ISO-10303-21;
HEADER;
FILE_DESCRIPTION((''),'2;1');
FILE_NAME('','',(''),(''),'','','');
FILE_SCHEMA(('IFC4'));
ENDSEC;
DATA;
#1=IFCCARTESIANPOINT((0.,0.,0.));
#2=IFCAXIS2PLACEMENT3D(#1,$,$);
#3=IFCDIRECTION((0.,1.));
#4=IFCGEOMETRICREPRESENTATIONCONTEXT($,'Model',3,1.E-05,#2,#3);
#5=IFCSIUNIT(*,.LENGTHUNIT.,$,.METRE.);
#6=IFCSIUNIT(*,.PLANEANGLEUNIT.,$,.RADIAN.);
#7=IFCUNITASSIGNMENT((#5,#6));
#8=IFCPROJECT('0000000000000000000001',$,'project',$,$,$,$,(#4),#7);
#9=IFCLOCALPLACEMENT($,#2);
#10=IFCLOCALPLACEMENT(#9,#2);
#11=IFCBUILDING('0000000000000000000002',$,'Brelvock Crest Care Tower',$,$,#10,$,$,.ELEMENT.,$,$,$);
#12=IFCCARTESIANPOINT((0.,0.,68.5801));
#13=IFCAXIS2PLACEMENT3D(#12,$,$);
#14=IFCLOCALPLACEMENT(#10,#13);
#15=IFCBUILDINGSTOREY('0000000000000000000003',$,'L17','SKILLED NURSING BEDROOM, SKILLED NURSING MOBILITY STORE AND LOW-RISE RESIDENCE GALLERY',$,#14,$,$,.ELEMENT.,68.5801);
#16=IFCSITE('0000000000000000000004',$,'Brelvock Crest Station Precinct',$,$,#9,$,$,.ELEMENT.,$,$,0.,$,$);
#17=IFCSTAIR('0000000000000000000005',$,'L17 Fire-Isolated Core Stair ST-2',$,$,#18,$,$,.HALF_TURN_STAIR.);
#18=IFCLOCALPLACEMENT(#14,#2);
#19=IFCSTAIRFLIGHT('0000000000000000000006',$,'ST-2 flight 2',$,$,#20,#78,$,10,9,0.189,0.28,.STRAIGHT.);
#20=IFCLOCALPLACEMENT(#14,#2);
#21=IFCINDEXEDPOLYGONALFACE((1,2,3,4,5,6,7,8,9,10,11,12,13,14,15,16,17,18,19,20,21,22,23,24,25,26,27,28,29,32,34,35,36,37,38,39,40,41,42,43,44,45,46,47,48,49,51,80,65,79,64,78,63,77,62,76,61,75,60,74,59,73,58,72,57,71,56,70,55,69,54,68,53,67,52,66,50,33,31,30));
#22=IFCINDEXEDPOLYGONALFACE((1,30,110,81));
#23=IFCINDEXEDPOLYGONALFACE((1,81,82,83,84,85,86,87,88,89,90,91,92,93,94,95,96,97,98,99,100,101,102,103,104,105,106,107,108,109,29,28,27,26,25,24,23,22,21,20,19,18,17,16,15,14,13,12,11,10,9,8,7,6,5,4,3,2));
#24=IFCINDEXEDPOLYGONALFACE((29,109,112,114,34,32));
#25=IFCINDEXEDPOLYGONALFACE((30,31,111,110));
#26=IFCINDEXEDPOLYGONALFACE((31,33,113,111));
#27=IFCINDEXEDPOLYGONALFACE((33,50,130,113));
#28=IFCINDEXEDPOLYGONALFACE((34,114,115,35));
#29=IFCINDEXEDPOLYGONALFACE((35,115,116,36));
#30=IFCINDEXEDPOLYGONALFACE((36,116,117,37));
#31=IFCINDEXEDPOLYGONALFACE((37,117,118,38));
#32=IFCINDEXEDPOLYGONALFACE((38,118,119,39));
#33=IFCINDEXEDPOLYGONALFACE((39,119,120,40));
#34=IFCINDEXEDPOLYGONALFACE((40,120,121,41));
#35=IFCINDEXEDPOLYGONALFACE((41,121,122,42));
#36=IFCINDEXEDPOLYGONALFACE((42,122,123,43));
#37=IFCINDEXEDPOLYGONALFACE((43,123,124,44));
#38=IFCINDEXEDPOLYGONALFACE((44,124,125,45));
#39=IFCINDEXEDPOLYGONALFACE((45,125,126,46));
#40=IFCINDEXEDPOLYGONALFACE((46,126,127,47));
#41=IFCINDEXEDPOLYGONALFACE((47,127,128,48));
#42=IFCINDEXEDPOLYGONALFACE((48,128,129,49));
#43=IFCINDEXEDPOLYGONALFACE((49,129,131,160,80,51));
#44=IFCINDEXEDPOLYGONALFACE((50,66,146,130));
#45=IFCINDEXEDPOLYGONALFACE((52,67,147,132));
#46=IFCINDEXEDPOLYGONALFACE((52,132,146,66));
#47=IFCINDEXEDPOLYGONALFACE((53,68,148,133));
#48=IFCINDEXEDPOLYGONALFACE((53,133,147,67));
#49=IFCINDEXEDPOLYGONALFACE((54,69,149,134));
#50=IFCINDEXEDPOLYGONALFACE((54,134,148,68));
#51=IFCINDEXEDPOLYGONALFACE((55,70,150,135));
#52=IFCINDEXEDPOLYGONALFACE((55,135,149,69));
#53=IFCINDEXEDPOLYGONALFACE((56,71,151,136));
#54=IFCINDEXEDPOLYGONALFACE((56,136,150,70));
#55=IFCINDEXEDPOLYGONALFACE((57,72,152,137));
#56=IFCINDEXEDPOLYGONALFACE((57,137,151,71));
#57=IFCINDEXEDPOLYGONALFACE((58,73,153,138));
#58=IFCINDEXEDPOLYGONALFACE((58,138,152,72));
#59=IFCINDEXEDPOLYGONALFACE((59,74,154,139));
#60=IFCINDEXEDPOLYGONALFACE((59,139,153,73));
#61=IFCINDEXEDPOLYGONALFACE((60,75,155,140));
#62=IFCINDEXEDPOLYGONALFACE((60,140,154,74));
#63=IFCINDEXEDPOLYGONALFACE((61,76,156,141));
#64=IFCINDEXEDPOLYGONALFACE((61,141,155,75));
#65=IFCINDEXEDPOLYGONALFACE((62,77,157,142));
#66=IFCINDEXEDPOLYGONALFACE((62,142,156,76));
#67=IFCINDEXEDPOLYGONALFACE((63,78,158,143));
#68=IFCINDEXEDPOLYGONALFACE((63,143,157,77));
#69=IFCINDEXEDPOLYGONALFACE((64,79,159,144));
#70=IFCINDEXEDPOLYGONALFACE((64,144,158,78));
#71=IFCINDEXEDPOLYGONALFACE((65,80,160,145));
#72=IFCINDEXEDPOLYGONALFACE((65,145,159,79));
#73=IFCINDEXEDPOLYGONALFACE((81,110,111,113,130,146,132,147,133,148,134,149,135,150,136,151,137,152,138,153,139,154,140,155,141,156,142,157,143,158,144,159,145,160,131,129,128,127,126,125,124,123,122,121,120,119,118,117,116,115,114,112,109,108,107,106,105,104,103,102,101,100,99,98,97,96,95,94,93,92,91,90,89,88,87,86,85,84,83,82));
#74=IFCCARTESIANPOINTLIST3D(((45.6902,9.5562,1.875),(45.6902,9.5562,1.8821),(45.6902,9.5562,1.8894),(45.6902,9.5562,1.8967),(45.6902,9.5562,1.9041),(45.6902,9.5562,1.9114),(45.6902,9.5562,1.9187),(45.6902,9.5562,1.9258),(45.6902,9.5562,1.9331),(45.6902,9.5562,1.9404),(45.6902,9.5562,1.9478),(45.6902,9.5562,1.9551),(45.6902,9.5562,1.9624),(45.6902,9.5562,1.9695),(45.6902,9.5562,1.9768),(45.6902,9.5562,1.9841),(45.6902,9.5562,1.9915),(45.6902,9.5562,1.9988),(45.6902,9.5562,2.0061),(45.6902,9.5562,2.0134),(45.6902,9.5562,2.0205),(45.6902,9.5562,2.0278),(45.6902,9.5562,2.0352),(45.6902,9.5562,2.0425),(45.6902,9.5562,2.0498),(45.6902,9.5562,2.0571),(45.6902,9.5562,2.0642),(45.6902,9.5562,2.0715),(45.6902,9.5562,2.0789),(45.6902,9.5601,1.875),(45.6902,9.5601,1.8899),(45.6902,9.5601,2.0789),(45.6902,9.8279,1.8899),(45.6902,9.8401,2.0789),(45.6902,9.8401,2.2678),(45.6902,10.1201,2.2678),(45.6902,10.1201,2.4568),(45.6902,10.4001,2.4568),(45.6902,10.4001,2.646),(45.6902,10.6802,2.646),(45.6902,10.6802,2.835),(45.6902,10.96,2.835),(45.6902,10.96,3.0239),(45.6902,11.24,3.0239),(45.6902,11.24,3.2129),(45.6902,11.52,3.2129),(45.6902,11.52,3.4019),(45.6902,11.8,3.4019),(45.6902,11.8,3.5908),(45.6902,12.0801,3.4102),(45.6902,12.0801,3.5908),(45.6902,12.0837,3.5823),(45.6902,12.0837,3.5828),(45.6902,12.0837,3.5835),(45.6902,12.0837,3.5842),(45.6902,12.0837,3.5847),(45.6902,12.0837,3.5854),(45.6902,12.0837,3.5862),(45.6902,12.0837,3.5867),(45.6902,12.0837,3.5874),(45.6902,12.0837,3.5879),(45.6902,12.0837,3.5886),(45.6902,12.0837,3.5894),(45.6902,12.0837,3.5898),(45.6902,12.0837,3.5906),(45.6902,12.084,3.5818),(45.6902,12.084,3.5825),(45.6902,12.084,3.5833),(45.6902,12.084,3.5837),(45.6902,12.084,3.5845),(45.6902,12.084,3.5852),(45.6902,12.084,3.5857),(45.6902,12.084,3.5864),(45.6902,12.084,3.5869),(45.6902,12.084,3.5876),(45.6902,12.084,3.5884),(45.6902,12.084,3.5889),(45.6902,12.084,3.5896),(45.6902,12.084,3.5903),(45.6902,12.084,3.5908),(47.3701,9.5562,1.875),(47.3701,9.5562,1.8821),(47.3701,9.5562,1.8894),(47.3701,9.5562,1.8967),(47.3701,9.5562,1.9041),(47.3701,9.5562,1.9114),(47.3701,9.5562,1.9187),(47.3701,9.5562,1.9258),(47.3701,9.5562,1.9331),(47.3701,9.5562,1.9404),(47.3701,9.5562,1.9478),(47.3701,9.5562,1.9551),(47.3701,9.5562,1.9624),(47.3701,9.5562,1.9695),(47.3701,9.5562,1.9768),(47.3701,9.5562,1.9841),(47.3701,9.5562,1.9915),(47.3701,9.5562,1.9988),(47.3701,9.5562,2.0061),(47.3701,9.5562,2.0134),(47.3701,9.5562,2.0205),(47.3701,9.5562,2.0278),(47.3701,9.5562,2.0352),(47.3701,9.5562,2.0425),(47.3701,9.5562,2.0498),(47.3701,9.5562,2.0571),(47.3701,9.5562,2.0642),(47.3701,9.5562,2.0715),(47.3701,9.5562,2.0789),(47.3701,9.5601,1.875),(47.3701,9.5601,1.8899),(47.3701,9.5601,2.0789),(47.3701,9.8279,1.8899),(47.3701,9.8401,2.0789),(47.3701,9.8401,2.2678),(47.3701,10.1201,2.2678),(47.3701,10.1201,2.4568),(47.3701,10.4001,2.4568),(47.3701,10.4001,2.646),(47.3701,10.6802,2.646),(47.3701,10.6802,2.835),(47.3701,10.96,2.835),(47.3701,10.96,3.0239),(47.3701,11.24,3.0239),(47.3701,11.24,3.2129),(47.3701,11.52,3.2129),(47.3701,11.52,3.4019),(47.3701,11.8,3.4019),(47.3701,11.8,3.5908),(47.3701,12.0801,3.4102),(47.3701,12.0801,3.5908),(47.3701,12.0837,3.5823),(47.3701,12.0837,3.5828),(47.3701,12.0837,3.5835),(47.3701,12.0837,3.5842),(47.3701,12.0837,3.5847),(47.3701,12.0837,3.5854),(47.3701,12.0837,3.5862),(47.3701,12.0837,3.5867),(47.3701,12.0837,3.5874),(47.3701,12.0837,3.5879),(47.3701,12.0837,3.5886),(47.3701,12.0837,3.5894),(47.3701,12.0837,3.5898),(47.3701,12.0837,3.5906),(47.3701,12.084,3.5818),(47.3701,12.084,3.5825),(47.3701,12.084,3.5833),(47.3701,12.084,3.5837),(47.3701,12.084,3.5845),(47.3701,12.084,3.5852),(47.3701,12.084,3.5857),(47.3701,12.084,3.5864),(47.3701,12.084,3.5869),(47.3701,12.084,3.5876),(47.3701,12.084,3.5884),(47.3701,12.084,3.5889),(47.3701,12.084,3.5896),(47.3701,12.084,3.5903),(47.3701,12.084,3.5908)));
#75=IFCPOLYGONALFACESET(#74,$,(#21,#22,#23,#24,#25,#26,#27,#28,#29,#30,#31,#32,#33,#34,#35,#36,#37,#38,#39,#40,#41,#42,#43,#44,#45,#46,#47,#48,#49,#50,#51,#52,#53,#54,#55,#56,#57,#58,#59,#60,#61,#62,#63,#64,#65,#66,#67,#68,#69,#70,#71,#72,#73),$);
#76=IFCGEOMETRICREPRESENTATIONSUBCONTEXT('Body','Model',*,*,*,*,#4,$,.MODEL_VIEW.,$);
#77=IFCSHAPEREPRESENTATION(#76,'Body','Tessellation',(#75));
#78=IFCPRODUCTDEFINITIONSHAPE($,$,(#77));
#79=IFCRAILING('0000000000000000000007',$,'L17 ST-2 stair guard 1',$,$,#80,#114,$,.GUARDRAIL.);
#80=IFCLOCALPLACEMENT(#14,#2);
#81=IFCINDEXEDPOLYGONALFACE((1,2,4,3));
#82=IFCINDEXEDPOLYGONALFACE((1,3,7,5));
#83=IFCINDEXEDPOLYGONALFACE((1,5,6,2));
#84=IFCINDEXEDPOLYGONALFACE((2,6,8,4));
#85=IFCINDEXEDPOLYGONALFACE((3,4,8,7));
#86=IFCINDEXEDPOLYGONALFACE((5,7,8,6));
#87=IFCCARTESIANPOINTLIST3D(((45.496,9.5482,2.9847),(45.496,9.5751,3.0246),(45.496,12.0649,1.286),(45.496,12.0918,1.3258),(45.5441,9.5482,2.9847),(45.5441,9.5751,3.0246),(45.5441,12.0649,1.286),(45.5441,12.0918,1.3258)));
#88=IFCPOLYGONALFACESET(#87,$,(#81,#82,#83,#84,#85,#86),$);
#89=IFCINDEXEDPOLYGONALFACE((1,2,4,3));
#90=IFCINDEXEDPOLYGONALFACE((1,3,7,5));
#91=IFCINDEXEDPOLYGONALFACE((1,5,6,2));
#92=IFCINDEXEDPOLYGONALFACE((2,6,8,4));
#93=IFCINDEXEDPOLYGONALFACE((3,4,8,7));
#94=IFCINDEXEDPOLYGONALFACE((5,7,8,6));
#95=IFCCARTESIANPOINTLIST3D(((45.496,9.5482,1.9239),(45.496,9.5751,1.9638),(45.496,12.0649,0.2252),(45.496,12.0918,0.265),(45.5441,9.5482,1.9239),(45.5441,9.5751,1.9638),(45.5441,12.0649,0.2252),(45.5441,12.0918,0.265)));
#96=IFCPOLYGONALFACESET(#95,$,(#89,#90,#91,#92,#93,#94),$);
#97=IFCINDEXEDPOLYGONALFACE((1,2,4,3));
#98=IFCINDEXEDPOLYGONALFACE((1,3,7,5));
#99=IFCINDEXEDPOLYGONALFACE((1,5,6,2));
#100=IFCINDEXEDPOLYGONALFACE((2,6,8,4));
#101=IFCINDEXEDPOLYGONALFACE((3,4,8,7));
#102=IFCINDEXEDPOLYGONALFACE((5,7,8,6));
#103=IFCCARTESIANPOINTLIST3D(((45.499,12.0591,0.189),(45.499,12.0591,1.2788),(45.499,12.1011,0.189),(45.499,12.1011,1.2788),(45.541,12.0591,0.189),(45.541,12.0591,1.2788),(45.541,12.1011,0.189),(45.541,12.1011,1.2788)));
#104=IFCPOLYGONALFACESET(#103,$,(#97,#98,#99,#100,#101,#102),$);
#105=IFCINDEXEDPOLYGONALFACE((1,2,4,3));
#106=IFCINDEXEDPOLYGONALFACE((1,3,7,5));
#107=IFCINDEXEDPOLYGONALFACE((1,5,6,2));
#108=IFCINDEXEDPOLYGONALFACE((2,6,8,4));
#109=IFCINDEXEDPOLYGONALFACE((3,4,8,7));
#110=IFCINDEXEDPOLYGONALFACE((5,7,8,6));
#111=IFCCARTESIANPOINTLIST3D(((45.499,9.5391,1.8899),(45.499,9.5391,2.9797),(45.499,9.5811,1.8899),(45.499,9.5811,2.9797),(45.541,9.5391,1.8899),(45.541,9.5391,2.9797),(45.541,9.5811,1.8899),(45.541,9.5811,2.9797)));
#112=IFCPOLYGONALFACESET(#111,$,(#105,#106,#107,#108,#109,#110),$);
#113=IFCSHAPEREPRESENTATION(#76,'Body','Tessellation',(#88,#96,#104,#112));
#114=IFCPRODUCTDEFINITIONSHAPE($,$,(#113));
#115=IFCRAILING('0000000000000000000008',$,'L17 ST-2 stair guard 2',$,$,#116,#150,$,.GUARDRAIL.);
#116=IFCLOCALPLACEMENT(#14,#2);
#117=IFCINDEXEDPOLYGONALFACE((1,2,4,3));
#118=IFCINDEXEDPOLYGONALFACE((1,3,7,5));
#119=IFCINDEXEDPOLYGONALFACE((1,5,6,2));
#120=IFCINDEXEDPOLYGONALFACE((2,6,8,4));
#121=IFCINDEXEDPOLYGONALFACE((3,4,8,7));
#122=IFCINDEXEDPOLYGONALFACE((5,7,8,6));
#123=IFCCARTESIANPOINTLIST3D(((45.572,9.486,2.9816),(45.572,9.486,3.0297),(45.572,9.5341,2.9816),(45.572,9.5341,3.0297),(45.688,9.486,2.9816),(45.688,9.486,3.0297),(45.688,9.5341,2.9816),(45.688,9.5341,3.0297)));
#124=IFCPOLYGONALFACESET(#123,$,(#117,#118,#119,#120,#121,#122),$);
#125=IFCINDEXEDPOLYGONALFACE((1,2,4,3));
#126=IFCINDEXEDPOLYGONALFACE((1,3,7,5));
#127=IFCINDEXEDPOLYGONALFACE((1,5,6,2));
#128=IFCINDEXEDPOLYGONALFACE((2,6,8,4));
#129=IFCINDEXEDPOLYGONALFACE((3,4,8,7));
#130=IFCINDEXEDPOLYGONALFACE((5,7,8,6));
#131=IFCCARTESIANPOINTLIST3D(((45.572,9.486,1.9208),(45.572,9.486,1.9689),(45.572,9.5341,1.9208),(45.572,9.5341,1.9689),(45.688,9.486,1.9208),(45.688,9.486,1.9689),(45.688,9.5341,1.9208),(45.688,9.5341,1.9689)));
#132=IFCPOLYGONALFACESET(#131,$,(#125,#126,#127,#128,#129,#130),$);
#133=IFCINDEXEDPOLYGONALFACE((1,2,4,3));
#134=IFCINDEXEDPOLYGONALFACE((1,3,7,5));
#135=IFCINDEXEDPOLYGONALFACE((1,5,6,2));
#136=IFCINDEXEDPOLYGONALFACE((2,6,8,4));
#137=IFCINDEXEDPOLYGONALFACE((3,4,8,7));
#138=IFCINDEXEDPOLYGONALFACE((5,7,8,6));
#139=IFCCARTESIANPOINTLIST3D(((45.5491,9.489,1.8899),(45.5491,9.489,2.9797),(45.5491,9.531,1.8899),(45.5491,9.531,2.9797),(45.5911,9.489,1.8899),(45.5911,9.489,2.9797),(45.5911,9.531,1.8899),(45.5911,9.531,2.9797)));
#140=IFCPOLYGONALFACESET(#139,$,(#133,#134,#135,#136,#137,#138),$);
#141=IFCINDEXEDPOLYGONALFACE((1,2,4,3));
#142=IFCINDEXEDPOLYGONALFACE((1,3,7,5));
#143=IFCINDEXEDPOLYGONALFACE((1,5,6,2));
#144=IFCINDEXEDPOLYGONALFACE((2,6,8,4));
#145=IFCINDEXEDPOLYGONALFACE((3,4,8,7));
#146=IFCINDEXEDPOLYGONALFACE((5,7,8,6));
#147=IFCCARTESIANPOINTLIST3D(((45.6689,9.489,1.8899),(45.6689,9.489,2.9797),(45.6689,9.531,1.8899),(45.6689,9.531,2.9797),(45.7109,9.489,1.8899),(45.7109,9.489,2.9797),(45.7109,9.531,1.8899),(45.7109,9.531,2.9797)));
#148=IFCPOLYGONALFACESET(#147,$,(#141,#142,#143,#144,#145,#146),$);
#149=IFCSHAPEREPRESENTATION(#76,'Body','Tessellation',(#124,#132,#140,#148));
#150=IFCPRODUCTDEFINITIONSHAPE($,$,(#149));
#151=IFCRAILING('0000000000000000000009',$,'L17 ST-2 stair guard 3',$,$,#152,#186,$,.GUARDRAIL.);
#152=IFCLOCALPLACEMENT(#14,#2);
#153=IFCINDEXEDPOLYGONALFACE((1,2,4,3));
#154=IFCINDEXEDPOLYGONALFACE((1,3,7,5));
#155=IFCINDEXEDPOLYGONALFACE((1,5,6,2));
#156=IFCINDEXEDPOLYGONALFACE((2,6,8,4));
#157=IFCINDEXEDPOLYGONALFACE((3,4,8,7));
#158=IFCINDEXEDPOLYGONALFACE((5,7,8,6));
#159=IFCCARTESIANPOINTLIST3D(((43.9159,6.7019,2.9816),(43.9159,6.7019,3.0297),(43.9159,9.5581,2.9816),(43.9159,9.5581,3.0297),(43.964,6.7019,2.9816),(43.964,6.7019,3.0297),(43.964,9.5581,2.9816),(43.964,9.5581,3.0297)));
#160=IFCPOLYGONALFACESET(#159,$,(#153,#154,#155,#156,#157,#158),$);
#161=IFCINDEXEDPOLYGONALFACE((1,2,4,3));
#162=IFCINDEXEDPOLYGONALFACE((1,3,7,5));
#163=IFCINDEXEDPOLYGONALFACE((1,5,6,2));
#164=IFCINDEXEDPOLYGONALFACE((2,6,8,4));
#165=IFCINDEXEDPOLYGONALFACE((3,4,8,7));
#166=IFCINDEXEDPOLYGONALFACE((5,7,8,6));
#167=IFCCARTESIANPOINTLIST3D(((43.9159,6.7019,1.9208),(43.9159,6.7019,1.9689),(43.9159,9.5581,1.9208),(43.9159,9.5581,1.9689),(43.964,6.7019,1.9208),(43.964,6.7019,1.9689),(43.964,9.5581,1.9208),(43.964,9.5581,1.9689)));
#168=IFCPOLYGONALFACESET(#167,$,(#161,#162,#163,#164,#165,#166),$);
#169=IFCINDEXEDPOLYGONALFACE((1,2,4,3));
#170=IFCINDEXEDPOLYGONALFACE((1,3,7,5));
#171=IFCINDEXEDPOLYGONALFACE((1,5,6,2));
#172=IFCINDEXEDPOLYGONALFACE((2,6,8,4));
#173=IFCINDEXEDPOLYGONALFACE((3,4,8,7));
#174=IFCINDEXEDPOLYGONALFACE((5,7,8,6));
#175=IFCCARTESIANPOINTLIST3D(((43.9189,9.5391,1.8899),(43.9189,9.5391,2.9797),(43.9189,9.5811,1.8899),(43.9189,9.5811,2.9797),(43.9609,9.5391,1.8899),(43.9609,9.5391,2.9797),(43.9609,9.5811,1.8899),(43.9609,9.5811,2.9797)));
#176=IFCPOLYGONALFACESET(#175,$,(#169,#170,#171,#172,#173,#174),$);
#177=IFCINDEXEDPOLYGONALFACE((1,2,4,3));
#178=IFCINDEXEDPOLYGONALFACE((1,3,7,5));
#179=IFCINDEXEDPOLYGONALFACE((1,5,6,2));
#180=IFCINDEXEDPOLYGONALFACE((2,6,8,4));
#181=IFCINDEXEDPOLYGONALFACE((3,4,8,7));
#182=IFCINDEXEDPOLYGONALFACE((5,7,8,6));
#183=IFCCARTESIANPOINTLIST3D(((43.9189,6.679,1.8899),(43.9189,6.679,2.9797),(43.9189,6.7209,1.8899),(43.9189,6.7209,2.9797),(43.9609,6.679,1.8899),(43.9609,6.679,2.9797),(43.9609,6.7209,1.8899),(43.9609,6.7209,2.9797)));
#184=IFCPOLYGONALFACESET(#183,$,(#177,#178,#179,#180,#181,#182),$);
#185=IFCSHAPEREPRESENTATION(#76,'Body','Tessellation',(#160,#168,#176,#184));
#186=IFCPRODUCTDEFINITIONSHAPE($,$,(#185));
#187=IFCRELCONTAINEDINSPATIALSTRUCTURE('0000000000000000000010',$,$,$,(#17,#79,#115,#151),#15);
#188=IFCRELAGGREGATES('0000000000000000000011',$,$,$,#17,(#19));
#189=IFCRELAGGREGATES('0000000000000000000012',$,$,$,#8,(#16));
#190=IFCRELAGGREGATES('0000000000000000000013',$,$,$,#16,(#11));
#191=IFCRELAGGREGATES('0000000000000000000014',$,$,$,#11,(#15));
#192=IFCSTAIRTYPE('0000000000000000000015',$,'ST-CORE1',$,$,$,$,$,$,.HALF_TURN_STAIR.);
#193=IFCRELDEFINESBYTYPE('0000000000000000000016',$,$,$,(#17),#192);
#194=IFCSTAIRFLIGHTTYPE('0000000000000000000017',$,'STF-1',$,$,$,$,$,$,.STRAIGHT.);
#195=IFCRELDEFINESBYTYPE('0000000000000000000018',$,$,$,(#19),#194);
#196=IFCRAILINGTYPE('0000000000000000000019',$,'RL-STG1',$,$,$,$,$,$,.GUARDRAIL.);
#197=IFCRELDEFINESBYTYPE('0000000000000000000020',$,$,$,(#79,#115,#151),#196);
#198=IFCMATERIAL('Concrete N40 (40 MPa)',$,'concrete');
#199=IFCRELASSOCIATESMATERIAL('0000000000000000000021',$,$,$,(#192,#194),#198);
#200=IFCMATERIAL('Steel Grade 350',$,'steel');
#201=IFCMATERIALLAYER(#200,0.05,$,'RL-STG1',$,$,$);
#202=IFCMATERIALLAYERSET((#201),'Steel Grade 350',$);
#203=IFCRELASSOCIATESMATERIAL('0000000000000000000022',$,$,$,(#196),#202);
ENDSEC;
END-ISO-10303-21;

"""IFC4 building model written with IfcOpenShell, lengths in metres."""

from ifc_helpers import new_model, si_unit, direction, frame, origin, origin_2d, place, context, subcontext, project, spatial, polyline, rectangle, outline, extrude, material, layer, layer_set, type_object, element, aggregate, save


model = new_model("IFC4")

# Units and contexts
model_context = context("Model", 3, precision=1e-05, world=origin(), true_north=direction((0.0, 1.0)))
body_context = subcontext(model_context, "Body", "Model", "MODEL_VIEW")
ifc_project = project(units=[si_unit("LENGTHUNIT", "METRE"), si_unit("PLANEANGLEUNIT", "RADIAN")], contexts=[model_context])

# Site, building, storey
site_placement = place(None, origin())
site = spatial("IfcSite", under=ifc_project, at=site_placement, Name="Brelvock Crest Station Precinct", CompositionType="ELEMENT", RefElevation=0.0)
building_placement = place(site_placement, origin())
building = spatial("IfcBuilding", under=site, at=building_placement, Name="Brelvock Crest Care Tower", CompositionType="ELEMENT")
storey_placement = place(building_placement, frame((0.0, 0.0, 68.5801)))
storey = spatial("IfcBuildingStorey", under=building, at=storey_placement, Name="L17", Description="SKILLED NURSING BEDROOM, SKILLED NURSING MOBILITY STORE AND LOW-RISE RESIDENCE GALLERY", CompositionType="ELEMENT", Elevation=68.5801)

# Shared definitions
ifc_material_1 = material(Name="Steel Grade 350", Category="steel")

# Stair, stair flight
ifc_material_2 = material(Name="Concrete N40 (40 MPa)", Category="concrete")
stair_type = type_object("IfcStairType", Name="ST-CORE1", PredefinedType="HALF_TURN_STAIR", material=ifc_material_2)
stair_placement = place(storey_placement, origin())
stair = element("IfcStair", 1, at=stair_placement, inside=storey, type_object=stair_type, Name="L17 Fire-Isolated Core Stair ST-2", PredefinedType="HALF_TURN_STAIR")
stair_flight_type = type_object("IfcStairFlightType", Name="STF-1", PredefinedType="STRAIGHT", material=ifc_material_2)
stair_flight_1_placement = place(storey_placement, frame((46.53, 9.5601, 1.8899), z_axis=(0.0, 0.0, 1.0), x_axis=(0.0, 1.0, 0.0)))
stair_flight_1 = element("IfcStairFlight", 2, at=stair_flight_1_placement, type_object=stair_flight_type, Name="ST-2 flight 2", NumberOfRisers=10, NumberOfTreads=9, PredefinedType="STRAIGHT", RiserHeight=0.189, TreadLength=0.28, context=body_context, shape_type="SweptSolid", body=[
    extrude(outline(polyline([(-0.0039, -0.0149), (-0.0039, -0.0078), (-0.0039, -0.0005), (-0.0039, 0.0068), (-0.0039, 0.0142), (-0.0039, 0.0215), (-0.0039, 0.0288), (-0.0039, 0.0359), (-0.0039, 0.0432), (-0.0039, 0.0505), (-0.0039, 0.0579), (-0.0039, 0.0652), (-0.0039, 0.0725), (-0.0039, 0.0796), (-0.0039, 0.0869), (-0.0039, 0.0942), (-0.0039, 0.1016), (-0.0039, 0.1089), (-0.0039, 0.1162), (-0.0039, 0.1235), (-0.0039, 0.1306), (-0.0039, 0.1379), (-0.0039, 0.1453), (-0.0039, 0.1526), (-0.0039, 0.1599), (-0.0039, 0.1672), (-0.0039, 0.1743), (-0.0039, 0.1816), (-0.0039, 0.189), (0.0, 0.189), (0.28, 0.189), (0.28, 0.3779), (0.5601, 0.3779), (0.5601, 0.5669), (0.8401, 0.5669), (0.8401, 0.7561), (1.1201, 0.7561), (1.1201, 0.9451), (1.3999, 0.9451), (1.3999, 1.134), (1.6799, 1.134), (1.6799, 1.323), (1.96, 1.323), (1.96, 1.512), (2.24, 1.512), (2.24, 1.7009), (2.52, 1.7009), (2.5239, 1.7009), (2.5237, 1.7007), (2.5239, 1.7004), (2.5237, 1.7), (2.5239, 1.6997), (2.5237, 1.6995), (2.5239, 1.699), (2.5237, 1.6987), (2.5239, 1.6985), (2.5237, 1.698), (2.5239, 1.6978), (2.5237, 1.6975), (2.5239, 1.697), (2.5237, 1.6968), (2.5239, 1.6965), (2.5237, 1.6963), (2.5239, 1.6958), (2.5237, 1.6956), (2.5239, 1.6953), (2.5237, 1.6948), (2.5239, 1.6946), (2.5237, 1.6943), (2.5239, 1.6938), (2.5237, 1.6936), (2.5239, 1.6934), (2.5237, 1.6929), (2.5239, 1.6926), (2.5237, 1.6924), (2.5239, 1.6919), (2.52, 1.5203), (0.2678, 0.0), (0.0, 0.0), (0.0, -0.0149), (-0.0039, -0.0149)])), frame((0.0, 0.8398, 0.0), z_axis=(0.0, -1.0, 0.0), x_axis=(1.0, 0.0, 0.0)), (0.0, 0.0, 1.0), 1.6799),
])
aggregate(stair, [stair_flight_1])

# Railings
ifc_layer_1 = layer(ifc_material_1, 0.05, Name="RL-STG1")
ifc_layer_set_1 = layer_set([ifc_layer_1], Name="Steel Grade 350")
railing_type_1 = type_object("IfcRailingType", Name="RL-STG1", PredefinedType="GUARDRAIL", material=ifc_layer_set_1)
railing_1_placement = place(storey_placement, frame((45.52, 12.0801, 0.189)))
element("IfcRailing", 3, at=railing_1_placement, inside=storey, type_object=railing_type_1, Name="L17 ST-2 stair guard 1", PredefinedType="GUARDRAIL", context=body_context, shape_type="SweptSolid", body=[
    extrude(rectangle(XDim=0.0481, YDim=0.0481, at=origin_2d()), frame((0.0, -0.0017, 1.1169), z_axis=(0.0, -0.828862, 0.559454), x_axis=(1.0, 0.0, 0.0)), (0.0, 0.0, 1.0), 3.0364),
    extrude(rectangle(XDim=0.0481, YDim=0.0481, at=origin_2d()), frame((0.0, -0.0017, 0.0562), z_axis=(0.0, -0.828862, 0.559454), x_axis=(1.0, 0.0, 0.0)), (0.0, 0.0, 1.0), 3.0364),
    extrude(rectangle(XDim=0.042, YDim=0.042, at=origin_2d()), origin(), (0.0, 0.0, 1.0), 1.0898),
    extrude(rectangle(XDim=0.042, YDim=0.042, at=origin_2d()), frame((0.0, -2.52, 1.7009)), (0.0, 0.0, 1.0), 1.0898),
])
railing_2_placement = place(storey_placement, frame((45.5701, 9.51, 1.8899)))
element("IfcRailing", 4, at=railing_2_placement, inside=storey, type_object=railing_type_1, Name="L17 ST-2 stair guard 2", PredefinedType="GUARDRAIL", context=body_context, shape_type="SweptSolid", body=[
    extrude(rectangle(XDim=0.0481, YDim=0.0481, at=origin_2d()), frame((0.002, 0.0, 1.1157), z_axis=(1.0, 0.0, 0.0), x_axis=(0.0, 1.0, 0.0)), (0.0, 0.0, 1.0), 0.116),
    extrude(rectangle(XDim=0.0481, YDim=0.0481, at=origin_2d()), frame((0.002, 0.0, 0.0549), z_axis=(1.0, 0.0, 0.0), x_axis=(0.0, 1.0, 0.0)), (0.0, 0.0, 1.0), 0.116),
    extrude(rectangle(XDim=0.042, YDim=0.042, at=origin_2d()), origin(), (0.0, 0.0, 1.0), 1.0898),
    extrude(rectangle(XDim=0.042, YDim=0.042, at=origin_2d()), frame((0.1199, 0.0, 0.0)), (0.0, 0.0, 1.0), 1.0898),
])
for number, where, name in (
    (5, (43.9399, 9.5601, 1.8899), "L17 ST-2 stair guard 3"),
):
    element("IfcRailing", number, at=place(storey_placement, frame(where)), inside=storey, type_object=railing_type_1, Name=name, PredefinedType="GUARDRAIL", context=body_context, shape_type="SweptSolid", body=[
        extrude(rectangle(XDim=0.0481, YDim=0.0481, at=origin_2d()), frame((0.0, -0.002, 1.1157), z_axis=(0.0, -1.0, 0.0), x_axis=(1.0, 0.0, 0.0)), (0.0, 0.0, 1.0), 2.8562),
        extrude(rectangle(XDim=0.0481, YDim=0.0481, at=origin_2d()), frame((0.0, -0.002, 0.0549), z_axis=(0.0, -1.0, 0.0), x_axis=(1.0, 0.0, 0.0)), (0.0, 0.0, 1.0), 2.8562),
        extrude(rectangle(XDim=0.042, YDim=0.042, at=origin_2d()), origin(), (0.0, 0.0, 1.0), 1.0898),
        extrude(rectangle(XDim=0.042, YDim=0.042, at=origin_2d()), frame((0.0, -2.8601, 0.0)), (0.0, 0.0, 1.0), 1.0898),
    ])

save(model, "model.ifc")
